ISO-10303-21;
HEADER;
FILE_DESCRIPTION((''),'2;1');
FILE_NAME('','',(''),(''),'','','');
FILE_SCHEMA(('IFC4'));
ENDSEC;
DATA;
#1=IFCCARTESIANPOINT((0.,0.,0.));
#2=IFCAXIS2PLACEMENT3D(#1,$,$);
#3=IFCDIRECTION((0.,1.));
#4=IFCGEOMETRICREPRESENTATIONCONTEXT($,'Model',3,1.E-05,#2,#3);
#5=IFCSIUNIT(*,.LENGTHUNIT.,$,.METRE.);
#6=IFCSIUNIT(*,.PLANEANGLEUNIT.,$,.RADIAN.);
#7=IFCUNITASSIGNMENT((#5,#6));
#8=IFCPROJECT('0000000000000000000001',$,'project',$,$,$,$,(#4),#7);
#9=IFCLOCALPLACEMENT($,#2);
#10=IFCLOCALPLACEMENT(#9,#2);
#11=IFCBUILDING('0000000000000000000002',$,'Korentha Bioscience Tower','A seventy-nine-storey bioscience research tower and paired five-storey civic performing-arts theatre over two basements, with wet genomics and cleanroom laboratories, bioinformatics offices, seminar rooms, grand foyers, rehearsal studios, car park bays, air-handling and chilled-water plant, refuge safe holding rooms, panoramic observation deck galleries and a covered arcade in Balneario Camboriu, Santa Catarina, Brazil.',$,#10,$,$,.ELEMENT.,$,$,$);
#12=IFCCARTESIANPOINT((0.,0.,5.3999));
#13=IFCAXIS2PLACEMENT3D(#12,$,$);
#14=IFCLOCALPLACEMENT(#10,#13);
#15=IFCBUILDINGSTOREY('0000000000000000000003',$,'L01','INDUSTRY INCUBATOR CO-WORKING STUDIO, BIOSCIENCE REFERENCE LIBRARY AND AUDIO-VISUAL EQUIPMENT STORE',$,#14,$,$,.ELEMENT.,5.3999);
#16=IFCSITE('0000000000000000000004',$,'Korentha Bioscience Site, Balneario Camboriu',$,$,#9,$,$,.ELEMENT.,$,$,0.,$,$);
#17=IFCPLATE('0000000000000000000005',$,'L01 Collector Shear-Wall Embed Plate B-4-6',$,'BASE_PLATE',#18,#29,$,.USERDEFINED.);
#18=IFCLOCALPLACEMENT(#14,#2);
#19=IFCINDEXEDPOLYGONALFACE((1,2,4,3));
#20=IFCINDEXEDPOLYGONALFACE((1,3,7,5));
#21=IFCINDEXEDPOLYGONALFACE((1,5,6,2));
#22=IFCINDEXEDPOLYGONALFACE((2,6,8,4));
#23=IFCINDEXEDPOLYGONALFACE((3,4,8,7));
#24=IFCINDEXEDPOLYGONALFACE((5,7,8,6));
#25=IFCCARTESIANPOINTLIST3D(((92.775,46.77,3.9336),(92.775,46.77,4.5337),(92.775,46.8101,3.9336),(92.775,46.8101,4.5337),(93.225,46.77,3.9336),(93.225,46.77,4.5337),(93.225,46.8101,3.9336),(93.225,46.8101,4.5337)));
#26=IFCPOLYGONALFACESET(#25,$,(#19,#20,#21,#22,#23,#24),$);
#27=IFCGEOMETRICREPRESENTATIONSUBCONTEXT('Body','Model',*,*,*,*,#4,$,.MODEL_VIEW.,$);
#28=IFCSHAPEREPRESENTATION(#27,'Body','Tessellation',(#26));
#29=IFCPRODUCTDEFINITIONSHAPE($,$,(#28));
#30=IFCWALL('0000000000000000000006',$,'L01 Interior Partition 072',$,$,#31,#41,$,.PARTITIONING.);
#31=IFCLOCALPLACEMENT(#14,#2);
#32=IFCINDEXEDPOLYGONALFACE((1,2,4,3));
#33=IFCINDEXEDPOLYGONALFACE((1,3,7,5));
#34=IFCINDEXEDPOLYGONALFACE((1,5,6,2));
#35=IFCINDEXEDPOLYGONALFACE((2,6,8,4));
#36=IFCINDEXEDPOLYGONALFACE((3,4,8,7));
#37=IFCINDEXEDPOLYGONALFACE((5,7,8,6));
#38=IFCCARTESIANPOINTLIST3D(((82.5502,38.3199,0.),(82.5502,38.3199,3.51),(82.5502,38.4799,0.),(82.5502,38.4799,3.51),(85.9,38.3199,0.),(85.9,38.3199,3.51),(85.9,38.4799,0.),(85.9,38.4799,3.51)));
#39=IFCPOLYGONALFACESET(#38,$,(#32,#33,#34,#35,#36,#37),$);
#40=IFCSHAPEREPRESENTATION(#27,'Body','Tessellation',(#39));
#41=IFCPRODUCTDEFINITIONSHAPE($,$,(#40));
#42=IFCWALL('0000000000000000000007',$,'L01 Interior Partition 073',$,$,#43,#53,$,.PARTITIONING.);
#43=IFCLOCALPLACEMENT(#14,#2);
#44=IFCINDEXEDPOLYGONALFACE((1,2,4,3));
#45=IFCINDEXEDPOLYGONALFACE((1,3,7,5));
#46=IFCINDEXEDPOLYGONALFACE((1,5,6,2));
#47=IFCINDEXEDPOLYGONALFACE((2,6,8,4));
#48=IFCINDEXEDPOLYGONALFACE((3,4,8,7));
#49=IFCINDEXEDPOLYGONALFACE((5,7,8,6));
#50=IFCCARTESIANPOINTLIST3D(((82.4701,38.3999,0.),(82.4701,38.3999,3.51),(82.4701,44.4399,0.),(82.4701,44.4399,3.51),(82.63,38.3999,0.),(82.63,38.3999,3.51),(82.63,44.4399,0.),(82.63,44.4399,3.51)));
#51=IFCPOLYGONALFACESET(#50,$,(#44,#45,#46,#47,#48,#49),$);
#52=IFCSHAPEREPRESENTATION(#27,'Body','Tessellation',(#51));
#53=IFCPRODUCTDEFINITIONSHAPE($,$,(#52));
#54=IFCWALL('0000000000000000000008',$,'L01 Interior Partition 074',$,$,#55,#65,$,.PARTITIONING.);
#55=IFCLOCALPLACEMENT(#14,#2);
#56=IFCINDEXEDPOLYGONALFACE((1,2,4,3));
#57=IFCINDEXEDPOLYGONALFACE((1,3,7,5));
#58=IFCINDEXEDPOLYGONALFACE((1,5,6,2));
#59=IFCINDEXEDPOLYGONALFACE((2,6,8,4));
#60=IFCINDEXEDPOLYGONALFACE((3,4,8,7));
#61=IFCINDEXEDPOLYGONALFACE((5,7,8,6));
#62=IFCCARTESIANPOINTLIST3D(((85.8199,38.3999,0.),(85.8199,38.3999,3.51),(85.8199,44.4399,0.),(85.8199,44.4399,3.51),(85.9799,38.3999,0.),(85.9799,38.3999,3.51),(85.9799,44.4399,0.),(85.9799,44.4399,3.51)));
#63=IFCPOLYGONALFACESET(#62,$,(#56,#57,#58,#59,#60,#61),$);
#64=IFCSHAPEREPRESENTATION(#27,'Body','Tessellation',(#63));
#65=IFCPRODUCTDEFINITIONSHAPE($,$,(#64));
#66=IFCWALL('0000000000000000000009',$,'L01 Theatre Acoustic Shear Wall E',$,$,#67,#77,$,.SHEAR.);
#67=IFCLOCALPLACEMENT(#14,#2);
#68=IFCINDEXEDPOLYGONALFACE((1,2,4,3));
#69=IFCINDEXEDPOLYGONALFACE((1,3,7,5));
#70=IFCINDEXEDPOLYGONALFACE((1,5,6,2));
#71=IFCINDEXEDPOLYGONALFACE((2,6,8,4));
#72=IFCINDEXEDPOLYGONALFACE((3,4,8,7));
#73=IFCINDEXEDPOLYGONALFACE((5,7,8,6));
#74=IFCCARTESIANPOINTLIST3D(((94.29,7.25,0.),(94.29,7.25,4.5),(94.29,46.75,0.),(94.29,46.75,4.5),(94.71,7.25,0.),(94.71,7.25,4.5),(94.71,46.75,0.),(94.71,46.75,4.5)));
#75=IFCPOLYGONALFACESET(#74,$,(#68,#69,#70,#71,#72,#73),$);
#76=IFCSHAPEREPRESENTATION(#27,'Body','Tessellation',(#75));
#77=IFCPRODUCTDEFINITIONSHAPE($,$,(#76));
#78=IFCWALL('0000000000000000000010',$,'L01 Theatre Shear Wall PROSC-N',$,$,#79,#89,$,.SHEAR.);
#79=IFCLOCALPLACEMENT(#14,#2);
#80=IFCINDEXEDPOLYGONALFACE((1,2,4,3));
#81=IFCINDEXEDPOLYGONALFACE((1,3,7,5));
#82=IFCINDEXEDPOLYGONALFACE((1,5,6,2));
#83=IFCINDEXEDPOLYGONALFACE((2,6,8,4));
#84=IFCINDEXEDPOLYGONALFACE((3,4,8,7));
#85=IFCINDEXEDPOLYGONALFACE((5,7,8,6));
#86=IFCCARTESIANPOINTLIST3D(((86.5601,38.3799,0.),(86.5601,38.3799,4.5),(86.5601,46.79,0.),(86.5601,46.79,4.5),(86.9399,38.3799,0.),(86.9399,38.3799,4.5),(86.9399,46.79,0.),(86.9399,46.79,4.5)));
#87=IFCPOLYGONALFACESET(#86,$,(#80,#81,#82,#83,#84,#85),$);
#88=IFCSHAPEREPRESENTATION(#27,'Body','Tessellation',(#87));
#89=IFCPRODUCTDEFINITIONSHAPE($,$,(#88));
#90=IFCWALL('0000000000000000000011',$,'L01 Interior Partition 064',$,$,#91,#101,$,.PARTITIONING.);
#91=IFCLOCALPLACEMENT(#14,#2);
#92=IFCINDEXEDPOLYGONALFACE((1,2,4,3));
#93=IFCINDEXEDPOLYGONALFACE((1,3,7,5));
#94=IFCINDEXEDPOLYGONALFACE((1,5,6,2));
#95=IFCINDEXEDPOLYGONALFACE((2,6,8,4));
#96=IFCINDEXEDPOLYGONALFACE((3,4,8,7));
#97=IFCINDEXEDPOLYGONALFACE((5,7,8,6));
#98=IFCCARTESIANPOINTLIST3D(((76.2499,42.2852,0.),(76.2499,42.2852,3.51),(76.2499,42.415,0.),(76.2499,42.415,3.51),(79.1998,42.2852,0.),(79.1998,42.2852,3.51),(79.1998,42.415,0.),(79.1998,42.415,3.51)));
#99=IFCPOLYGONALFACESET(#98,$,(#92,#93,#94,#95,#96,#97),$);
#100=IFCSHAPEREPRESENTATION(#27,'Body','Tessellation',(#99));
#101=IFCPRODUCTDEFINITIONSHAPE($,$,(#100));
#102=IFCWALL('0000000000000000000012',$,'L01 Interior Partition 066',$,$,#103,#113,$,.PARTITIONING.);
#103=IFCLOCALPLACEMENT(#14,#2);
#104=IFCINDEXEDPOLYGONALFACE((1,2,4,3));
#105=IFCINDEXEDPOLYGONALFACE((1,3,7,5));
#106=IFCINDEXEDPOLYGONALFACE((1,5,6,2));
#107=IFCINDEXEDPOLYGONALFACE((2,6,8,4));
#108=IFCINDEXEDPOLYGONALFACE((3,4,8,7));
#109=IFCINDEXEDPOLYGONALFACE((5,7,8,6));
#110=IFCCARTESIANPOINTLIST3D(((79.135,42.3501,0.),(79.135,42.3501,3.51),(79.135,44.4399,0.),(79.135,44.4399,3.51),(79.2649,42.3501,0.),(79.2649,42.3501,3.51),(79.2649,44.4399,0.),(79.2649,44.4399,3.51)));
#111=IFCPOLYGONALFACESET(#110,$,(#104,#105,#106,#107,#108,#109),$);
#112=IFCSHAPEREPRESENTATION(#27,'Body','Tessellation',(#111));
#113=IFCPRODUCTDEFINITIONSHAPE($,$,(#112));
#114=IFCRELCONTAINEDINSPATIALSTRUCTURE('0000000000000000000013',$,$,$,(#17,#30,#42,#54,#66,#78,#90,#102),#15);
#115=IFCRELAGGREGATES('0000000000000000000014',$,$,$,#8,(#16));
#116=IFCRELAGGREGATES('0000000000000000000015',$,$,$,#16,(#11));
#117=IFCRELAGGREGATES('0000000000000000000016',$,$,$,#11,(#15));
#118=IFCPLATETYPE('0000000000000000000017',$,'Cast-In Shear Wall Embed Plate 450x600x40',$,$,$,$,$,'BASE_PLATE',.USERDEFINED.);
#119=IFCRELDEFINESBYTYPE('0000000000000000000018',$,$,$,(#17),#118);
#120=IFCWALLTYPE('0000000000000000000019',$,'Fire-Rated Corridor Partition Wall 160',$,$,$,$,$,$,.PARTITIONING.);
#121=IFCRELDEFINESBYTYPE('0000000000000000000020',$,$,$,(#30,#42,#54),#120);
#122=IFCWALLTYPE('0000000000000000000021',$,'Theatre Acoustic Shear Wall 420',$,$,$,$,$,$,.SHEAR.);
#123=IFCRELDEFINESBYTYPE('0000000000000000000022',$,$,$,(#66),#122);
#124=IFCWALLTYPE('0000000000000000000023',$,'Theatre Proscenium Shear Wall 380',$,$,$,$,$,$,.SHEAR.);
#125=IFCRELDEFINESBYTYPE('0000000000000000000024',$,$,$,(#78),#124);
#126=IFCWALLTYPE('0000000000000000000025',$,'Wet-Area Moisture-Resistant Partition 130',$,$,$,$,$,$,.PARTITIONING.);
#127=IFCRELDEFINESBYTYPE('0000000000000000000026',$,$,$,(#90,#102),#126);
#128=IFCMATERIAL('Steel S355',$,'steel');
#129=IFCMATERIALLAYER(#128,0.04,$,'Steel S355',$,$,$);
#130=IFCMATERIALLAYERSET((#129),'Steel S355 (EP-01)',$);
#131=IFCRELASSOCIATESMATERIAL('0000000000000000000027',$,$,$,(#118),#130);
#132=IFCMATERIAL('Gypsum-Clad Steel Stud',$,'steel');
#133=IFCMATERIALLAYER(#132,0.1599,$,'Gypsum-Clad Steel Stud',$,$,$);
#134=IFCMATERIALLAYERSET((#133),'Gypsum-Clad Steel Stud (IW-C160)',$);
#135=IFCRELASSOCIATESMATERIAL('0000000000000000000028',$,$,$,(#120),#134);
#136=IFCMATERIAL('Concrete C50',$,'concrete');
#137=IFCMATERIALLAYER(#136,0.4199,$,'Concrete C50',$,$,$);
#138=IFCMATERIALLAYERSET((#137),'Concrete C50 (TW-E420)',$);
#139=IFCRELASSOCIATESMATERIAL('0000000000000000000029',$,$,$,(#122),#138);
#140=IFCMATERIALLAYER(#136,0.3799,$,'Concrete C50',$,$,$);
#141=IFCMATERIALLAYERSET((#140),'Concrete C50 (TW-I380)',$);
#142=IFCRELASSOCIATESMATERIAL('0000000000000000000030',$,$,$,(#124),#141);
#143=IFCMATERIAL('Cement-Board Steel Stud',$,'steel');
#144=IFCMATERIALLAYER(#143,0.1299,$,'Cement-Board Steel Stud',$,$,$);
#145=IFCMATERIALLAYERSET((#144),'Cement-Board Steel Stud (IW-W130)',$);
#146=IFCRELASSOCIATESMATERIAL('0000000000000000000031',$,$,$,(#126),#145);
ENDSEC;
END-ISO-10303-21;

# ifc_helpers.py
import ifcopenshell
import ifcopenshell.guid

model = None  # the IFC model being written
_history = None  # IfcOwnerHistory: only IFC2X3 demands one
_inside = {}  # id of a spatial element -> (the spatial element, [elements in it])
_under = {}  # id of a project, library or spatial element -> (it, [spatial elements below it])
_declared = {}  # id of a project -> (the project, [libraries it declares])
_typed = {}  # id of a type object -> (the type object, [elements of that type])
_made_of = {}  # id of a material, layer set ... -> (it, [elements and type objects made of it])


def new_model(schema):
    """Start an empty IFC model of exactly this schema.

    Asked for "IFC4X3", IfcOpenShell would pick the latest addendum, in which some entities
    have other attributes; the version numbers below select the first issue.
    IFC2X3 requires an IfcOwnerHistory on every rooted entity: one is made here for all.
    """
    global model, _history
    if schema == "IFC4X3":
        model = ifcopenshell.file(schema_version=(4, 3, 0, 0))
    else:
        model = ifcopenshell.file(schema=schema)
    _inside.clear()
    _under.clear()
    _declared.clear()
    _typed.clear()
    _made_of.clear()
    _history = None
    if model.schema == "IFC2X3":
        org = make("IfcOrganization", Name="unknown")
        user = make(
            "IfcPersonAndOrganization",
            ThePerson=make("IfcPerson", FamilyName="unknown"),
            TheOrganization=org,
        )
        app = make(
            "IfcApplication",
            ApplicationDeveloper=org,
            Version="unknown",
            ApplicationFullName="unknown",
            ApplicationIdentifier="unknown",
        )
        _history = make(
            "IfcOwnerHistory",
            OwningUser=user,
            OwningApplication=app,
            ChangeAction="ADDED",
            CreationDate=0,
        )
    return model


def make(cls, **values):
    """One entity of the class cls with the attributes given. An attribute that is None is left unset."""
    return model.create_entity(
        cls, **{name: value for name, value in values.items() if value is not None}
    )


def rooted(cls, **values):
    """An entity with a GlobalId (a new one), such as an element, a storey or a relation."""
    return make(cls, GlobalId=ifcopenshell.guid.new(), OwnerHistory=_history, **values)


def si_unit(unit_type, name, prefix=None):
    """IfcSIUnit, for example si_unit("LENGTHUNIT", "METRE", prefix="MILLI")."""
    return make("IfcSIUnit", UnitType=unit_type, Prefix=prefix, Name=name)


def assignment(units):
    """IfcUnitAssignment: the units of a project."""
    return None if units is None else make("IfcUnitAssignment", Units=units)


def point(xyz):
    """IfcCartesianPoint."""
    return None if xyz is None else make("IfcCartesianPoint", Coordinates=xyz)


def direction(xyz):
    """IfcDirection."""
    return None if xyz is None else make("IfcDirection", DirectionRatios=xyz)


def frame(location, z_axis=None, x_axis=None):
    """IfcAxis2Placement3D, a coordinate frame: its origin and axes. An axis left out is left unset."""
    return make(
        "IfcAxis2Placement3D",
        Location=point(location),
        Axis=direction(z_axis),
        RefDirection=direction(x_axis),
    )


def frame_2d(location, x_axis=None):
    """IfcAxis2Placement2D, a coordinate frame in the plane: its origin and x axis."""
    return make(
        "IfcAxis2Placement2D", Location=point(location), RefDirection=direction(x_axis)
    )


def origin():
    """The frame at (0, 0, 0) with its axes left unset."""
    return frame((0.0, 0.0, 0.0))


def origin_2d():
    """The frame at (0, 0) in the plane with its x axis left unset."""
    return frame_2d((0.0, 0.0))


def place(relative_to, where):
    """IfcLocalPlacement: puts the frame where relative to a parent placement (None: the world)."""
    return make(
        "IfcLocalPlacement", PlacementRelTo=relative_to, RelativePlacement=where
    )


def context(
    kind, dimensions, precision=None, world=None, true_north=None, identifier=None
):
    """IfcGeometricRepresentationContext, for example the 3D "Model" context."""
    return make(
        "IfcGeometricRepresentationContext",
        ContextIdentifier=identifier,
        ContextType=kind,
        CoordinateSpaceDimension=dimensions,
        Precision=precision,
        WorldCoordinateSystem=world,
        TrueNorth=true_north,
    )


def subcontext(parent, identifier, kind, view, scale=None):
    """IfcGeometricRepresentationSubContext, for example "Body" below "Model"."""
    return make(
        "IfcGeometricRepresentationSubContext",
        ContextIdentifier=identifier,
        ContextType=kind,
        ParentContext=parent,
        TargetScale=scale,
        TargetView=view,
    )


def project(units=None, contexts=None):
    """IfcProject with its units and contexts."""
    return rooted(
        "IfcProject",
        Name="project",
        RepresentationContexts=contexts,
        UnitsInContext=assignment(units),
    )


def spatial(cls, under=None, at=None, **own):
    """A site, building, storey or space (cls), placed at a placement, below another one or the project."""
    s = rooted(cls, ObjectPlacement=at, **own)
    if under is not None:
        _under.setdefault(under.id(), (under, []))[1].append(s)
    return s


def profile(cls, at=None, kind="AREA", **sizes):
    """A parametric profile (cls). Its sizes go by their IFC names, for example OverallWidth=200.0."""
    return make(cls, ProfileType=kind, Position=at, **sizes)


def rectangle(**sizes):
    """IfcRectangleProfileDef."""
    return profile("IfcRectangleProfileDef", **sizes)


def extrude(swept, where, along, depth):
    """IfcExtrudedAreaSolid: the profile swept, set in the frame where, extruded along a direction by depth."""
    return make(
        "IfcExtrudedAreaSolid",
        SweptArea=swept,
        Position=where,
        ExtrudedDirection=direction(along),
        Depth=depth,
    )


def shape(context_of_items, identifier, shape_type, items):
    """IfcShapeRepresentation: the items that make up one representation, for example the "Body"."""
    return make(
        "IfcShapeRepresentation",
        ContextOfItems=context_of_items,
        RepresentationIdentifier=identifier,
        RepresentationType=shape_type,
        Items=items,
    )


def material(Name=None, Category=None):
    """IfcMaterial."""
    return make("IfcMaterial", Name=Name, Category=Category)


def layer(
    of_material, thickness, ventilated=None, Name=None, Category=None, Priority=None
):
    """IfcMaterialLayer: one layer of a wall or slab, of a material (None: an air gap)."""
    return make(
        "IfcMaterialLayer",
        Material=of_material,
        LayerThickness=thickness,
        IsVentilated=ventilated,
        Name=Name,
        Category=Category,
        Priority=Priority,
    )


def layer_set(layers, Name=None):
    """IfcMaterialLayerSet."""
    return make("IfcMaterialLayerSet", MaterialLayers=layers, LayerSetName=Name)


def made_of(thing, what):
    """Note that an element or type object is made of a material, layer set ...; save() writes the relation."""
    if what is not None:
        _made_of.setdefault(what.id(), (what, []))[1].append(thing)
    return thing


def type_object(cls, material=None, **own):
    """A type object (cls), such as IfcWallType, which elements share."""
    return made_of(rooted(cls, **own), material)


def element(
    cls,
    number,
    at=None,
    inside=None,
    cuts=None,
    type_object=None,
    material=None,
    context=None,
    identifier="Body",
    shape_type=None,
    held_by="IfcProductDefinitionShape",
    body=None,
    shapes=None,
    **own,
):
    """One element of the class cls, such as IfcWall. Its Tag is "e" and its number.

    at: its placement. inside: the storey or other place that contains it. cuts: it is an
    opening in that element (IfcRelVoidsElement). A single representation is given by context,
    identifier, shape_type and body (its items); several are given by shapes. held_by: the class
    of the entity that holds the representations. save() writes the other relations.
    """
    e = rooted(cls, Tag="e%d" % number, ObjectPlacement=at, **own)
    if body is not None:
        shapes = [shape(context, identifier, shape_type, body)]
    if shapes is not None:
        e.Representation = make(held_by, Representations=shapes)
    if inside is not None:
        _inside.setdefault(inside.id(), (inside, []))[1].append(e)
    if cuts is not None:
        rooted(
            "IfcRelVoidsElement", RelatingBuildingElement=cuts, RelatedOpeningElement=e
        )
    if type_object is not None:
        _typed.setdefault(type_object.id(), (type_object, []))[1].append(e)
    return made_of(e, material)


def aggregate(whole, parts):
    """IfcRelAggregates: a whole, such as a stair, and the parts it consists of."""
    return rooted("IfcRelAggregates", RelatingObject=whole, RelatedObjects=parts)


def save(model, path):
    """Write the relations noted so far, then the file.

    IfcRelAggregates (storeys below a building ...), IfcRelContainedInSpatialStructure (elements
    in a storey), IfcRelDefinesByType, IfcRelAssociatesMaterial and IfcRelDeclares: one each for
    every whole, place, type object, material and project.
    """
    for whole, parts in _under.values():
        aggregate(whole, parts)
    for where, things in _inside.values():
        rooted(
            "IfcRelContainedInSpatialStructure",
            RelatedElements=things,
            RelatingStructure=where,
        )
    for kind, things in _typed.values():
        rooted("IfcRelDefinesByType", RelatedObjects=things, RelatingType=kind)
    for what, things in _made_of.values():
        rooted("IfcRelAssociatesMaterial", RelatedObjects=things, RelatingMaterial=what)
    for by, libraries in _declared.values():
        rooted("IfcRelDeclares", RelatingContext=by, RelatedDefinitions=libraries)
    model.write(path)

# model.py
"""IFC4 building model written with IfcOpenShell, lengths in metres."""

from ifc_helpers import new_model, si_unit, direction, frame, frame_2d, origin, origin_2d, place, context, subcontext, project, spatial, rectangle, extrude, material, layer, layer_set, type_object, element, save


model = new_model("IFC4")

# Units and contexts
model_context = context("Model", 3, precision=1e-05, world=origin(), true_north=direction((0.0, 1.0)))
body_context = subcontext(model_context, "Body", "Model", "MODEL_VIEW")
ifc_project = project(units=[si_unit("LENGTHUNIT", "METRE"), si_unit("PLANEANGLEUNIT", "RADIAN")], contexts=[model_context])

# Site, building, storey
site_placement = place(None, origin())
site = spatial("IfcSite", under=ifc_project, at=site_placement, Name="Korentha Bioscience Site, Balneario Camboriu", CompositionType="ELEMENT", RefElevation=0.0)
building_placement = place(site_placement, origin())
building = spatial("IfcBuilding", under=site, at=building_placement, Name="Korentha Bioscience Tower", Description="A seventy-nine-storey bioscience research tower and paired five-storey civic performing-arts theatre over two basements, with wet genomics and cleanroom laboratories, bioinformatics offices, seminar rooms, grand foyers, rehearsal studios, car park bays, air-handling and chilled-water plant, refuge safe holding rooms, panoramic observation deck galleries and a covered arcade in Balneario Camboriu, Santa Catarina, Brazil.", CompositionType="ELEMENT")
storey_placement = place(building_placement, frame((0.0, 0.0, 5.3999)))
storey = spatial("IfcBuildingStorey", under=building, at=storey_placement, Name="L01", Description="INDUSTRY INCUBATOR CO-WORKING STUDIO, BIOSCIENCE REFERENCE LIBRARY AND AUDIO-VISUAL EQUIPMENT STORE", CompositionType="ELEMENT", Elevation=5.3999)

# Shared definitions
ifc_material_1 = material(Name="Concrete C50", Category="concrete")

# Shared definitions
ifc_material_2 = material(Name="Steel S355", Category="steel")

# Plate
ifc_layer_1 = layer(ifc_material_2, 0.04, Name="Steel S355")
ifc_layer_set_1 = layer_set([ifc_layer_1], Name="Steel S355 (EP-01)")
plate_type = type_object("IfcPlateType", Name="Cast-In Shear Wall Embed Plate 450x600x40", ElementType="BASE_PLATE", PredefinedType="USERDEFINED", material=ifc_layer_set_1)
for number, where, z_axis, x_axis, name in (
    (1, (93.0, 46.79, 3.9336), (0.0, 0.0, 1.0), (1.0, 0.0, 0.0), "L01 Collector Shear-Wall Embed Plate B-4-6"),
):
    element("IfcPlate", number, at=place(storey_placement, frame(where, z_axis=z_axis, x_axis=x_axis)), inside=storey, type_object=plate_type, Name=name, ObjectType="BASE_PLATE", PredefinedType="USERDEFINED", context=body_context, shape_type="SweptSolid", body=[
        extrude(rectangle(XDim=0.45, YDim=0.04, at=origin_2d()), origin(), (0.0, 0.0, 1.0), 0.6001),
    ])

# Shared definitions
ifc_material_3 = material(Name="Gypsum-Clad Steel Stud", Category="steel")
ifc_layer_2 = layer(ifc_material_3, 0.1599, Name="Gypsum-Clad Steel Stud")
ifc_layer_set_2 = layer_set([ifc_layer_2], Name="Gypsum-Clad Steel Stud (IW-C160)")
wall_type_1 = type_object("IfcWallType", Name="Fire-Rated Corridor Partition Wall 160", PredefinedType="PARTITIONING", material=ifc_layer_set_2)

# Walls
wall_1_placement = place(storey_placement, frame((85.8999, 38.3999, 0.0), z_axis=(0.0, 0.0, 1.0), x_axis=(-1.0, 0.0, 0.0)))
element("IfcWall", 2, at=wall_1_placement, inside=storey, type_object=wall_type_1, Name="L01 Interior Partition 072", PredefinedType="PARTITIONING", context=body_context, shape_type="SweptSolid", body=[
    extrude(rectangle(XDim=3.3499, YDim=0.1599, at=frame_2d((1.6748, 0.0))), origin(), (0.0, 0.0, 1.0), 3.51),
])
for number, where, z_axis, x_axis, name in (
    (3, (82.55, 38.3999, 0.0), (0.0, 0.0, 1.0), (0.0, 1.0, 0.0), "L01 Interior Partition 073"),
    (4, (85.8999, 44.4399, 0.0), (0.0, 0.0, 1.0), (0.0, -1.0, 0.0), "L01 Interior Partition 074"),
):
    element("IfcWall", number, at=place(storey_placement, frame(where, z_axis=z_axis, x_axis=x_axis)), inside=storey, type_object=wall_type_1, Name=name, PredefinedType="PARTITIONING", context=body_context, shape_type="SweptSolid", body=[
        extrude(rectangle(XDim=6.04, YDim=0.1599, at=frame_2d((3.02, 0.0))), origin(), (0.0, 0.0, 1.0), 3.51),
    ])
ifc_layer_3 = layer(ifc_material_1, 0.4199, Name="Concrete C50")
ifc_layer_set_3 = layer_set([ifc_layer_3], Name="Concrete C50 (TW-E420)")
wall_type_2 = type_object("IfcWallType", Name="Theatre Acoustic Shear Wall 420", PredefinedType="SHEAR", material=ifc_layer_set_3)
wall_2_placement = place(storey_placement, frame((94.5, 46.75, 0.0), z_axis=(0.0, 0.0, 1.0), x_axis=(0.0, -1.0, 0.0)))
element("IfcWall", 5, at=wall_2_placement, inside=storey, type_object=wall_type_2, Name="L01 Theatre Acoustic Shear Wall E", PredefinedType="SHEAR", context=body_context, shape_type="SweptSolid", body=[
    extrude(rectangle(XDim=39.5, YDim=0.4199, at=frame_2d((19.75, 0.0))), origin(), (0.0, 0.0, 1.0), 4.5),
])
ifc_layer_4 = layer(ifc_material_1, 0.3799, Name="Concrete C50")
ifc_layer_set_4 = layer_set([ifc_layer_4], Name="Concrete C50 (TW-I380)")
wall_type_3 = type_object("IfcWallType", Name="Theatre Proscenium Shear Wall 380", PredefinedType="SHEAR", material=ifc_layer_set_4)
wall_3_placement = place(storey_placement, frame((86.75, 38.3799, 0.0), z_axis=(0.0, 0.0, 1.0), x_axis=(0.0, 1.0, 0.0)))
element("IfcWall", 6, at=wall_3_placement, inside=storey, type_object=wall_type_3, Name="L01 Theatre Shear Wall PROSC-N", PredefinedType="SHEAR", context=body_context, shape_type="SweptSolid", body=[
    extrude(rectangle(XDim=8.4102, YDim=0.3799, at=frame_2d((4.2051, 0.0))), origin(), (0.0, 0.0, 1.0), 4.5),
])
ifc_material_4 = material(Name="Cement-Board Steel Stud", Category="steel")
ifc_layer_5 = layer(ifc_material_4, 0.1299, Name="Cement-Board Steel Stud")
ifc_layer_set_5 = layer_set([ifc_layer_5], Name="Cement-Board Steel Stud (IW-W130)")
wall_type_4 = type_object("IfcWallType", Name="Wet-Area Moisture-Resistant Partition 130", PredefinedType="PARTITIONING", material=ifc_layer_set_5)
wall_4_placement = place(storey_placement, frame((79.2, 42.3501, 0.0), z_axis=(0.0, 0.0, 1.0), x_axis=(-1.0, 0.0, 0.0)))
element("IfcWall", 7, at=wall_4_placement, inside=storey, type_object=wall_type_4, Name="L01 Interior Partition 064", PredefinedType="PARTITIONING", context=body_context, shape_type="SweptSolid", body=[
    extrude(rectangle(XDim=2.95, YDim=0.1299, at=frame_2d((1.4751, 0.0))), origin(), (0.0, 0.0, 1.0), 3.51),
])
wall_5_placement = place(storey_placement, frame((79.2, 44.4399, 0.0), z_axis=(0.0, 0.0, 1.0), x_axis=(0.0, -1.0, 0.0)))
element("IfcWall", 8, at=wall_5_placement, inside=storey, type_object=wall_type_4, Name="L01 Interior Partition 066", PredefinedType="PARTITIONING", context=body_context, shape_type="SweptSolid", body=[
    extrude(rectangle(XDim=2.0898, YDim=0.1299, at=frame_2d((1.0449, 0.0))), origin(), (0.0, 0.0, 1.0), 3.51),
])

save(model, "model.ifc")
